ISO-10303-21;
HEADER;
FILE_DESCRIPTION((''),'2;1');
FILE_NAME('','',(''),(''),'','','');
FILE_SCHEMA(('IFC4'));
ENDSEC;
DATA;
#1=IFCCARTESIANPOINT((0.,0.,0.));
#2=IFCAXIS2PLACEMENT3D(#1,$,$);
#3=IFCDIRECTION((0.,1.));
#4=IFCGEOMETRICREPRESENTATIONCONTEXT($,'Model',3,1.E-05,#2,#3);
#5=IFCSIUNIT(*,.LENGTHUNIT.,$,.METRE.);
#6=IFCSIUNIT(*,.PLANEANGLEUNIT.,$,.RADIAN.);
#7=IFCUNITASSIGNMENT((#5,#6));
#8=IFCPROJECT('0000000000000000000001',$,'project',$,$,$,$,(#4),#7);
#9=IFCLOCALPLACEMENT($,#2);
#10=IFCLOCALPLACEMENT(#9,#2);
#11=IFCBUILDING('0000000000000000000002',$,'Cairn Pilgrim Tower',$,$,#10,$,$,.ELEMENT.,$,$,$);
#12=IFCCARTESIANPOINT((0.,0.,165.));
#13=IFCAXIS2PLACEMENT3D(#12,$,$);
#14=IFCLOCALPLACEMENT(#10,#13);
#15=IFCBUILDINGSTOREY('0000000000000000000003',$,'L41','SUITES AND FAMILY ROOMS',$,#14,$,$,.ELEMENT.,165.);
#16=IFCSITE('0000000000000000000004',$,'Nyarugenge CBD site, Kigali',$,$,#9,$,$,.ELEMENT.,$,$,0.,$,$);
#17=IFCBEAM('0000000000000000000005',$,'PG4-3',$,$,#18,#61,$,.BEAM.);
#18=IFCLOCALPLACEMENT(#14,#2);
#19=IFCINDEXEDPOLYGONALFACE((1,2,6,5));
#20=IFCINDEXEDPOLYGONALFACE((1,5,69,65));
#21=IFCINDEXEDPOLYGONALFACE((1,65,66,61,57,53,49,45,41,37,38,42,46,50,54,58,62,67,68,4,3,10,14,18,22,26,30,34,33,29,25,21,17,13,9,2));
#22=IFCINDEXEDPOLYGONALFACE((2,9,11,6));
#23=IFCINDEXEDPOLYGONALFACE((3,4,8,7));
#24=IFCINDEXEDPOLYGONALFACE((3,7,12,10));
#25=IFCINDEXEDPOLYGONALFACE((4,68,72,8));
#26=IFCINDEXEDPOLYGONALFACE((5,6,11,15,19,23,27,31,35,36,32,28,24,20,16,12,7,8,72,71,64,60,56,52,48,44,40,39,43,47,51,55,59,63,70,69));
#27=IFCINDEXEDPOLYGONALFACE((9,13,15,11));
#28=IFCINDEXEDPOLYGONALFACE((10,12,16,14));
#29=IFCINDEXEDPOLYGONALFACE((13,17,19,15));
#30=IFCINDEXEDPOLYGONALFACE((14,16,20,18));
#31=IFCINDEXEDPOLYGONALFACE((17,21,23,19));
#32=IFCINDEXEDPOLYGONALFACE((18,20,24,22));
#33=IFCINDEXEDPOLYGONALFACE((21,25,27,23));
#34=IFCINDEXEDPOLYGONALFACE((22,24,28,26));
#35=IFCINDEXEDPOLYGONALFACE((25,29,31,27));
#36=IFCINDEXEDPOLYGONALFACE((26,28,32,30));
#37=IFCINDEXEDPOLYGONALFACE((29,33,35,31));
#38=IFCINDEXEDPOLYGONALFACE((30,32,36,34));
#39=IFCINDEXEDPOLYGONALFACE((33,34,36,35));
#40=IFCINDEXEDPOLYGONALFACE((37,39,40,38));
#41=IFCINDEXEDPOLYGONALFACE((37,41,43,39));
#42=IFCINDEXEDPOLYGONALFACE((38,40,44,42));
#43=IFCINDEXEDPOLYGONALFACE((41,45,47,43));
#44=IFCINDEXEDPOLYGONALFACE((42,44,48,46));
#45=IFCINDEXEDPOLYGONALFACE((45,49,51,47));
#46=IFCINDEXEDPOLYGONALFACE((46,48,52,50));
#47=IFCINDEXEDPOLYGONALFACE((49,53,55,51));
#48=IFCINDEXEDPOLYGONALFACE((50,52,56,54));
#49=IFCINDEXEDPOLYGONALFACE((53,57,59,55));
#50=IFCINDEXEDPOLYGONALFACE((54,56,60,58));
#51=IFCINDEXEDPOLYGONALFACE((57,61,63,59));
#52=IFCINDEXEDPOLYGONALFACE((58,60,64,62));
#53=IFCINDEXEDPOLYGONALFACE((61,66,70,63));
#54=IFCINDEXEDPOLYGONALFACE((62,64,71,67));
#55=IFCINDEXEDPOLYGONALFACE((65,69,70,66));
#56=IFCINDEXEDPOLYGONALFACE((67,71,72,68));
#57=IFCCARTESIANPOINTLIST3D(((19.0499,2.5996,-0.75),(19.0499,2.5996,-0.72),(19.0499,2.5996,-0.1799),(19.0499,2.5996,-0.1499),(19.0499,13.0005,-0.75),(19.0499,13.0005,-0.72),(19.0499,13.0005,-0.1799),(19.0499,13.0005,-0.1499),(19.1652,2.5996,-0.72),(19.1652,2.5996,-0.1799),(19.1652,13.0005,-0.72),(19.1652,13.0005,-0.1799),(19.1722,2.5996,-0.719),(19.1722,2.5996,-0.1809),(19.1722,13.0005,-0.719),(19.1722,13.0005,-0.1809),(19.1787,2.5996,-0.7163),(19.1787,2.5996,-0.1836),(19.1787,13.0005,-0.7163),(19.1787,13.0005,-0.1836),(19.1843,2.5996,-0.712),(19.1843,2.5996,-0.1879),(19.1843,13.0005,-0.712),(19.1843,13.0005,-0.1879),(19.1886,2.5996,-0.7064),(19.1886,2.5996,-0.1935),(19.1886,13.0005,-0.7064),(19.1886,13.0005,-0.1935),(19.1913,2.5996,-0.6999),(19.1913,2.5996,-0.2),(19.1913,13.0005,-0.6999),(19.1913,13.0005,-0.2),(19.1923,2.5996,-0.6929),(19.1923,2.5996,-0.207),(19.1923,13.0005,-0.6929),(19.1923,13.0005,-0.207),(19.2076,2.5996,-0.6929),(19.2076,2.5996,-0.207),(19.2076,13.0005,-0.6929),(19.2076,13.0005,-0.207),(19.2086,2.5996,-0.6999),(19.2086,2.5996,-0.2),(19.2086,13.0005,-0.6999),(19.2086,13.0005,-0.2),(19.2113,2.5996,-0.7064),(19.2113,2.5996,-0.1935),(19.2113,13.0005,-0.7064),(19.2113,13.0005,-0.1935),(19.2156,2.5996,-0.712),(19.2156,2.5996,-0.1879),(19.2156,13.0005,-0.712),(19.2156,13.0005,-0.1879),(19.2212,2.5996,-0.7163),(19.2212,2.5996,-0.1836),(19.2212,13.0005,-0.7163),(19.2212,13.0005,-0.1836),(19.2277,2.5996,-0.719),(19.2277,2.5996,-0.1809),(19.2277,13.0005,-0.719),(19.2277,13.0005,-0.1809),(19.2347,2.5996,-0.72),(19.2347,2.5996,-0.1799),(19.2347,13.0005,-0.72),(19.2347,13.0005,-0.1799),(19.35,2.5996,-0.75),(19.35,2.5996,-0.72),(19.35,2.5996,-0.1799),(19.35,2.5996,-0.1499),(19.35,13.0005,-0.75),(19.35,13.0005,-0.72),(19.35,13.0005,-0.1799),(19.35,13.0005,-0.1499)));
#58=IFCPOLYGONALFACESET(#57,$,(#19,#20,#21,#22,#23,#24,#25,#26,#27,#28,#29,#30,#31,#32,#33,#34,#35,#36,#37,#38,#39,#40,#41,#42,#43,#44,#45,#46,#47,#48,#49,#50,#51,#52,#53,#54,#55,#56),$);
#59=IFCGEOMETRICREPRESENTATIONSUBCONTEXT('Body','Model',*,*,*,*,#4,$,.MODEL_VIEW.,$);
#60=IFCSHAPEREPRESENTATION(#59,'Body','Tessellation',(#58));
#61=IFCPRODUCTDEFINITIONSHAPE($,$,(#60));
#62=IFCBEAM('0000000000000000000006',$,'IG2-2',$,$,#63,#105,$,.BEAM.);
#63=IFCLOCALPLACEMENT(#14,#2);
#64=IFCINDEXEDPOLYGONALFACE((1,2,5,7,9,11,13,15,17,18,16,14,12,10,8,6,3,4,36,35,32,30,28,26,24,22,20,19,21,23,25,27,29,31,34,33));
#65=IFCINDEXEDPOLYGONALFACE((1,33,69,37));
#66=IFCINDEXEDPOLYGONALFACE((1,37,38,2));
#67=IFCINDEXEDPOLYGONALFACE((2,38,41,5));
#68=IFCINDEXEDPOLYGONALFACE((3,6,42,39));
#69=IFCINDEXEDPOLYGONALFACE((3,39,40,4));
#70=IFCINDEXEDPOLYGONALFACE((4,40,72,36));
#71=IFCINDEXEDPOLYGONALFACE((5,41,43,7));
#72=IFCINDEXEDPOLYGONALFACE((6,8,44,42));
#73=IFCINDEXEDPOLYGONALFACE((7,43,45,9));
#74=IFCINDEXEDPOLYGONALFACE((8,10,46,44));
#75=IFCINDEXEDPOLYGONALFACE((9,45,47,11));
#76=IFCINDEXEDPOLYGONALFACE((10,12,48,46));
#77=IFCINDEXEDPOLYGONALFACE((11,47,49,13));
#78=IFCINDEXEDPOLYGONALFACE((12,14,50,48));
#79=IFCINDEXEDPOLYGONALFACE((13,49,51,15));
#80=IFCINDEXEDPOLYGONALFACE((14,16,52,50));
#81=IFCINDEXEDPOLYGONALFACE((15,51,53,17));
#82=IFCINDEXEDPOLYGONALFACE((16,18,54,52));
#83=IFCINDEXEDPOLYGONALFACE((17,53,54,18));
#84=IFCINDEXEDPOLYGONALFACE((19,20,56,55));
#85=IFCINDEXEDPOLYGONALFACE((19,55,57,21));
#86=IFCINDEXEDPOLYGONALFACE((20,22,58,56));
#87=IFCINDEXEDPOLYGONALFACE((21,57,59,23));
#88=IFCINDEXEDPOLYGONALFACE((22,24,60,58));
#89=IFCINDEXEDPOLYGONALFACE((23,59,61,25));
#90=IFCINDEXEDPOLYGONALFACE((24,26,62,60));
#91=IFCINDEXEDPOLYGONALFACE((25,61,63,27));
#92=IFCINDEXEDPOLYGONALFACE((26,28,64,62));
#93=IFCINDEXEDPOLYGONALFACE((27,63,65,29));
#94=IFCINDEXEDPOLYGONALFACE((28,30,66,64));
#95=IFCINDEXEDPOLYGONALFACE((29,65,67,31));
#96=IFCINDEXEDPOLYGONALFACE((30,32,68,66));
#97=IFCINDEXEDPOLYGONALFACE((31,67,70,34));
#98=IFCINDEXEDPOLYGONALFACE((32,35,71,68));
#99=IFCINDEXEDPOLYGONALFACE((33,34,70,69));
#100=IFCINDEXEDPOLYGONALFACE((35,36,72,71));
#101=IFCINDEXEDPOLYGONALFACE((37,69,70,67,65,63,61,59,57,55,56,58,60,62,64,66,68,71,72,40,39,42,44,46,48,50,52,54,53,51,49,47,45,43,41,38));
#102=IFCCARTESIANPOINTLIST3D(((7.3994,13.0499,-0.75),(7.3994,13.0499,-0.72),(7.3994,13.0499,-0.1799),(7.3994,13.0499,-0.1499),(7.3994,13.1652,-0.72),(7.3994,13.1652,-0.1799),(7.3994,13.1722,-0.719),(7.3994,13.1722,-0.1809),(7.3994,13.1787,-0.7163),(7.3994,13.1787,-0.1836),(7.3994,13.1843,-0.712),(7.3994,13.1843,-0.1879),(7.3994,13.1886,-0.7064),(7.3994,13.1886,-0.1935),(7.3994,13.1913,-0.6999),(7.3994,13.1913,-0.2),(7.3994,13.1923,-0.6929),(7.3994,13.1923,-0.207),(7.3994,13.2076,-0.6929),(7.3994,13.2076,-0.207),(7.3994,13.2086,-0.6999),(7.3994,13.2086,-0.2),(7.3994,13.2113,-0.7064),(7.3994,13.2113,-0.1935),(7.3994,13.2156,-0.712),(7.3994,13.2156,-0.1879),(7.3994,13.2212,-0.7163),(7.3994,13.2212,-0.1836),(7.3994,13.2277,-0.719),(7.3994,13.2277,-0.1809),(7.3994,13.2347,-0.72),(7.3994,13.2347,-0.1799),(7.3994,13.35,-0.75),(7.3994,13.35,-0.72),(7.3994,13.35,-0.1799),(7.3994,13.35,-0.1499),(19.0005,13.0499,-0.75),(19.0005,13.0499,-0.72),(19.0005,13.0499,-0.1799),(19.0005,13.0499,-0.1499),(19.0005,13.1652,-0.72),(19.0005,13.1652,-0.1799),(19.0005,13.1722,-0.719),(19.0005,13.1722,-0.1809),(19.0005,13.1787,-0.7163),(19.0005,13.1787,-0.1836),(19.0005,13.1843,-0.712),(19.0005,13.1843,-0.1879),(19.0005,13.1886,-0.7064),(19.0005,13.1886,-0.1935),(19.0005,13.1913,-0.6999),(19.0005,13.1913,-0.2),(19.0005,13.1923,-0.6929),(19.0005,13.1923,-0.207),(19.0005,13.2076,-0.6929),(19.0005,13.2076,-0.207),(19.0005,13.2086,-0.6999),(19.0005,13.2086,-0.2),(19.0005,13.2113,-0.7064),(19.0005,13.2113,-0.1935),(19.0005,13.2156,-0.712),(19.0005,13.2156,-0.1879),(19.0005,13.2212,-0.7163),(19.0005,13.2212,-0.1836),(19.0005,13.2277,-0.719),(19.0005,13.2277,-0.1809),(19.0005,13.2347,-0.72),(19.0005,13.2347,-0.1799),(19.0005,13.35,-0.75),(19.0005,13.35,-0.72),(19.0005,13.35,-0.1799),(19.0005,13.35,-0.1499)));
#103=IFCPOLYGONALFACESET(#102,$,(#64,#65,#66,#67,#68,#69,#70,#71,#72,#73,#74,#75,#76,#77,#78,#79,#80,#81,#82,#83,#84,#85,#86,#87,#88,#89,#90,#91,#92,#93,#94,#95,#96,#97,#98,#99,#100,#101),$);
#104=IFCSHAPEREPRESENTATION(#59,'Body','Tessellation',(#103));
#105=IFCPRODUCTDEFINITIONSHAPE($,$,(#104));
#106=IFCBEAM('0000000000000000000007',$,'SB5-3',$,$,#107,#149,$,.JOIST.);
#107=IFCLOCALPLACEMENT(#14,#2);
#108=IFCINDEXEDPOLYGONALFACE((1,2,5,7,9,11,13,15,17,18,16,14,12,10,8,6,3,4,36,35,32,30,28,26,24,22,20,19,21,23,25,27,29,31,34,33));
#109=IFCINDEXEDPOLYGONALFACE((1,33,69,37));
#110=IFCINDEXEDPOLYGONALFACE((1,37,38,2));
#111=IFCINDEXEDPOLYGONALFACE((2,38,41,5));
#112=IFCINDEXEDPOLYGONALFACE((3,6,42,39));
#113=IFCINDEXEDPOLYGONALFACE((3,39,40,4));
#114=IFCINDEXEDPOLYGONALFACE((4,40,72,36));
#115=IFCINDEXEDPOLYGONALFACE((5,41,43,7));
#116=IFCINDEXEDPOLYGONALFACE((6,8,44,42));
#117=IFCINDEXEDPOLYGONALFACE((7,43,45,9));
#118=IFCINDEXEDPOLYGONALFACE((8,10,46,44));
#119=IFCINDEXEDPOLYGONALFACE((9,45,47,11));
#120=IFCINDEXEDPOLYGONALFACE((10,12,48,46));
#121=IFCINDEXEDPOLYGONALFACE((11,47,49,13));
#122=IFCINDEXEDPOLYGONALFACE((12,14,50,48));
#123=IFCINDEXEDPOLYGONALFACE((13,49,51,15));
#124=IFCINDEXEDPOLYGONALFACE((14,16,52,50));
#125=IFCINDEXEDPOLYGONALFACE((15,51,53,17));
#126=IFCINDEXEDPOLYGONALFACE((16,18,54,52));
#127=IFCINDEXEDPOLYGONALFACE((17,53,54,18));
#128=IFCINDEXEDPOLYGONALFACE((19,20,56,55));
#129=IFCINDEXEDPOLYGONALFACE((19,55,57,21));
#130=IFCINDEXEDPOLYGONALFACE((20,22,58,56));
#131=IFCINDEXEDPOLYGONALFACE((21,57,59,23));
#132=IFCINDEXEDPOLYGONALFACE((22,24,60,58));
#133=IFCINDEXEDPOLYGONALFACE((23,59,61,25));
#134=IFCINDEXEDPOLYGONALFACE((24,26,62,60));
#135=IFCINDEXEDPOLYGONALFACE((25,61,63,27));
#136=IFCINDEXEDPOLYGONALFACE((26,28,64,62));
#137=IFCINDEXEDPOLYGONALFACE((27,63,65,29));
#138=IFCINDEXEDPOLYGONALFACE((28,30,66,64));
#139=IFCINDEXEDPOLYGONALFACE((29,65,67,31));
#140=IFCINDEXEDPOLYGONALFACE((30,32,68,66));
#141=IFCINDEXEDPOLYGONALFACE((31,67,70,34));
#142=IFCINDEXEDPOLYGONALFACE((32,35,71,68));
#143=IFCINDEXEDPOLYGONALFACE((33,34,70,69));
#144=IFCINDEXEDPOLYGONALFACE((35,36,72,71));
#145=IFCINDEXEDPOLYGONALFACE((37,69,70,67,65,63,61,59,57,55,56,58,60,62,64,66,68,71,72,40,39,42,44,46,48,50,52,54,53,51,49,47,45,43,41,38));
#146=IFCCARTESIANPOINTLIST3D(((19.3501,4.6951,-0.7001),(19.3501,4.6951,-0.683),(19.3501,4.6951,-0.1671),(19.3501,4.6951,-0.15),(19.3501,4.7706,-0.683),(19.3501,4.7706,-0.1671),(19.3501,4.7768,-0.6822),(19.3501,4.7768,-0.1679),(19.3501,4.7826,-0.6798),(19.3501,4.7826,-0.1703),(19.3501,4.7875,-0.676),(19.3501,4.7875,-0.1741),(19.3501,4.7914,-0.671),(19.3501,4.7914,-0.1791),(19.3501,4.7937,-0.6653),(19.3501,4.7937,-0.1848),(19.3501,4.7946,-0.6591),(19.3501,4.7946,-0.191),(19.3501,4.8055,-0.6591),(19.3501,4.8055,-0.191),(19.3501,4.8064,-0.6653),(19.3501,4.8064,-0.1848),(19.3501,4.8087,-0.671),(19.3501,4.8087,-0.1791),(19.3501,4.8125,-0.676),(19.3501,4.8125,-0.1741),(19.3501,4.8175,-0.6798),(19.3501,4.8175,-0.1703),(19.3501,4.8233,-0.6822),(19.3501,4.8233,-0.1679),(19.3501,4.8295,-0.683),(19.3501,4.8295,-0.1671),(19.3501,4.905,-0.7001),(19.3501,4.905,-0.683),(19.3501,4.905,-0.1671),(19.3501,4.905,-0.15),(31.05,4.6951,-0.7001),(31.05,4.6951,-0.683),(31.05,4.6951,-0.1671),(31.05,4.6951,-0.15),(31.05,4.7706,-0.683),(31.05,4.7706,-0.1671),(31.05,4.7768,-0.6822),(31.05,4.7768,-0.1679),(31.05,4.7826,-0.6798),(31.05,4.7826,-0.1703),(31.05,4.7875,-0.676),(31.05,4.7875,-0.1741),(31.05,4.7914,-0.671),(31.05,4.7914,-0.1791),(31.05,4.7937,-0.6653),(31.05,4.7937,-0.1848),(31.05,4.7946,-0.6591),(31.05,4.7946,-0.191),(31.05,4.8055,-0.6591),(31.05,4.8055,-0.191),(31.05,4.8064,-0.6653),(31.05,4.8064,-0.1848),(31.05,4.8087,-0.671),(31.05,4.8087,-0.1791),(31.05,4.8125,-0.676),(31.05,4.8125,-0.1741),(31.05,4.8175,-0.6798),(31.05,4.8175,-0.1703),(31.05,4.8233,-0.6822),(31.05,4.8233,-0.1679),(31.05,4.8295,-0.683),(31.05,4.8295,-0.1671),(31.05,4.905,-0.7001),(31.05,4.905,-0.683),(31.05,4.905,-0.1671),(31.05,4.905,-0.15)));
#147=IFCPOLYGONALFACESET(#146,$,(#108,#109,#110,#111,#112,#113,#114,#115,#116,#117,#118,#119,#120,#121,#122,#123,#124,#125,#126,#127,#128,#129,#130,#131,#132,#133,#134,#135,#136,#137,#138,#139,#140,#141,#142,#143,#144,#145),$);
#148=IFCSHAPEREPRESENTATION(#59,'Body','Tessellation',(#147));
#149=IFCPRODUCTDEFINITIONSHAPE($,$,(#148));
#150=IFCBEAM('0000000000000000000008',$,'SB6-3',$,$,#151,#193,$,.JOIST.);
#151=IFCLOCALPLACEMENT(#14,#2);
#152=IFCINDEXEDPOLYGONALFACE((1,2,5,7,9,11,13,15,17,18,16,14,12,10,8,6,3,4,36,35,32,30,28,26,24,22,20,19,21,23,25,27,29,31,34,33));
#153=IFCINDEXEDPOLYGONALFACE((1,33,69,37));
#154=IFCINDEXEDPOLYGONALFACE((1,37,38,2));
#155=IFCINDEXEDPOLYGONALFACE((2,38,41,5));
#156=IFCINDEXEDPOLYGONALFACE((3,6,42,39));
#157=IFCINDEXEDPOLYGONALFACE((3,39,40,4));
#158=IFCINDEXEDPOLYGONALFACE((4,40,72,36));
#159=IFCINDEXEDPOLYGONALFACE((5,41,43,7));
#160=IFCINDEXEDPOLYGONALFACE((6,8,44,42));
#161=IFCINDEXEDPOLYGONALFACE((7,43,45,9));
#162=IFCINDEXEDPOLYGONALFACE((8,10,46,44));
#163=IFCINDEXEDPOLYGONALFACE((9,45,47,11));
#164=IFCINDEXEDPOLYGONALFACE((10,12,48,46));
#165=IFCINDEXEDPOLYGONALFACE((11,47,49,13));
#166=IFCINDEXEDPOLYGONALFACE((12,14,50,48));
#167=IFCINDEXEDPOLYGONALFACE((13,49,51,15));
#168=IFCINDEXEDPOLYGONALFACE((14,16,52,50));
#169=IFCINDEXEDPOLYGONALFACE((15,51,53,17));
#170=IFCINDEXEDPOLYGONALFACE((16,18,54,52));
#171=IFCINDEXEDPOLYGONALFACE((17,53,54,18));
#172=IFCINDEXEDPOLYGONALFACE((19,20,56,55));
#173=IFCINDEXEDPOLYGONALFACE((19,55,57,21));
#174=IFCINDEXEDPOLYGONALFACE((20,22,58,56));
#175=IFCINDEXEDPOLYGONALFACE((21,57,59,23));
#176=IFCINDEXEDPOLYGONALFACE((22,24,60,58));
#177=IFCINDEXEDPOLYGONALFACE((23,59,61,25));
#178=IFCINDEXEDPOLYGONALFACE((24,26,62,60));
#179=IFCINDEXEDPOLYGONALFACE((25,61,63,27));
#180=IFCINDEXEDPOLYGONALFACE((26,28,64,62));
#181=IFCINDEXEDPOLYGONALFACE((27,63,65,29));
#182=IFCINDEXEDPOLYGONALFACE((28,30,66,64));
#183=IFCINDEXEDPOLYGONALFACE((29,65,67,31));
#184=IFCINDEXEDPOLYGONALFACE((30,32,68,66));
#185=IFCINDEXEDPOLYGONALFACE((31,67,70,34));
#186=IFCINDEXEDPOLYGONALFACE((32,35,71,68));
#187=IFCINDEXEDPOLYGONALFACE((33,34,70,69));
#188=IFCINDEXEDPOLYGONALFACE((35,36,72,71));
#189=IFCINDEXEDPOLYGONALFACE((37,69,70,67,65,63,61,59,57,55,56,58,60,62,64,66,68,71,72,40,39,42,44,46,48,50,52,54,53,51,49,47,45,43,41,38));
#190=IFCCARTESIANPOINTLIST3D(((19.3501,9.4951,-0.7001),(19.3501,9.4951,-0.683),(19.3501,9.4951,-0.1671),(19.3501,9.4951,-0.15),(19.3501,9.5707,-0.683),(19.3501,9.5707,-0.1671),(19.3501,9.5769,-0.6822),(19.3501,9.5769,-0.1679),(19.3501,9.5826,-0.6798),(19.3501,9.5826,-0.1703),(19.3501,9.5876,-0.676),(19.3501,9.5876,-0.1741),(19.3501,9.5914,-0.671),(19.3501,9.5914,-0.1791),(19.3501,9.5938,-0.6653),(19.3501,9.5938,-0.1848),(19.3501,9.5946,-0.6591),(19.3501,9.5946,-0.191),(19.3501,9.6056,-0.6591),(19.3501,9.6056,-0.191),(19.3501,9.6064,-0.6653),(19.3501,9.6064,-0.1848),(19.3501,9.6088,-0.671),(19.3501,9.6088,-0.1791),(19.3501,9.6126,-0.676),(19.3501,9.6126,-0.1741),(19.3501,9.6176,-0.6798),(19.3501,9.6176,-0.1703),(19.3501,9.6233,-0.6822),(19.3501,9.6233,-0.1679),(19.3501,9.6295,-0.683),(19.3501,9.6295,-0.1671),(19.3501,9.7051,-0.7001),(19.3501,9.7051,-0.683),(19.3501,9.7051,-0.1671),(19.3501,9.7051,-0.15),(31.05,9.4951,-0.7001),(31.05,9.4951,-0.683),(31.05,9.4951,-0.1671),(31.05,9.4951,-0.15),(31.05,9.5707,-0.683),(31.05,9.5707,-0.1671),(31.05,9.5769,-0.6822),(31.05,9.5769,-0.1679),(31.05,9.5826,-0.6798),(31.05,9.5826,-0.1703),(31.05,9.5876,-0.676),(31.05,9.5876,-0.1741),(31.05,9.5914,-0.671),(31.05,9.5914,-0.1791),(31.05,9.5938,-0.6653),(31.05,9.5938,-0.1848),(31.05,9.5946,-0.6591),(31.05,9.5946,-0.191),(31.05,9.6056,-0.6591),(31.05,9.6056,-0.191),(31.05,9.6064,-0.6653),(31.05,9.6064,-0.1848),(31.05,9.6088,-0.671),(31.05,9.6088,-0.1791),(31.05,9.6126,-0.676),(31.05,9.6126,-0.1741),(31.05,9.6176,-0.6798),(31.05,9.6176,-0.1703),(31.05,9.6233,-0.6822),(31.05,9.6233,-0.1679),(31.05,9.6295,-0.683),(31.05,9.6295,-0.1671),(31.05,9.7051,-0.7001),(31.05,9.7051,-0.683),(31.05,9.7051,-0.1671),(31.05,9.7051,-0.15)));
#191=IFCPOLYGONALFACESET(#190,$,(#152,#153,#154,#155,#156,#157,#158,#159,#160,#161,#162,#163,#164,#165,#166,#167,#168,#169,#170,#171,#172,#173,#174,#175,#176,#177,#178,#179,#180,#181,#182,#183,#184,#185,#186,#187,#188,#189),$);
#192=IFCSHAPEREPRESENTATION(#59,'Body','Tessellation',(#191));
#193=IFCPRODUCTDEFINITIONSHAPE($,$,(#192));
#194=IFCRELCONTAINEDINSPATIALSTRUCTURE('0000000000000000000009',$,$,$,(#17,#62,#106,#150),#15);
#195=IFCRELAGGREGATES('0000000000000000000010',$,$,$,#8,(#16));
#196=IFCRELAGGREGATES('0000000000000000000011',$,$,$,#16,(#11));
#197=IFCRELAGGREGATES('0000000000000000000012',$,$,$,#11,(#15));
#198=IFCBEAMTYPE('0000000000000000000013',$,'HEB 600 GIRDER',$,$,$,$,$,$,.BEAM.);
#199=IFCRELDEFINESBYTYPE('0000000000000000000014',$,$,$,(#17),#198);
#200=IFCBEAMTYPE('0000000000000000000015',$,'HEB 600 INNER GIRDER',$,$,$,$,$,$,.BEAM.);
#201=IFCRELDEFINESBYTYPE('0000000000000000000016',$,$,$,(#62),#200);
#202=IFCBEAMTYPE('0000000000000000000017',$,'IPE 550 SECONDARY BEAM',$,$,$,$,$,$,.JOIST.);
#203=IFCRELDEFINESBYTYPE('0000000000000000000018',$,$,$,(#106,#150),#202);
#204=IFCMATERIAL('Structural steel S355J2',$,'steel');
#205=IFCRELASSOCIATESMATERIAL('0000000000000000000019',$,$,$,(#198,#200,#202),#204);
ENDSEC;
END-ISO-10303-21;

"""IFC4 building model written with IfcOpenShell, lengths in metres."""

from ifc_helpers import new_model, si_unit, direction, frame, origin, origin_2d, place, context, subcontext, project, spatial, i_section, extrude, material, material_profile, profile_set, type_object, element, save


model = new_model("IFC4")

# Units and contexts
model_context = context("Model", 3, precision=1e-05, world=origin(), true_north=direction((0.0, 1.0)))
body_context = subcontext(model_context, "Body", "Model", "MODEL_VIEW")
ifc_project = project(units=[si_unit("LENGTHUNIT", "METRE"), si_unit("PLANEANGLEUNIT", "RADIAN")], contexts=[model_context])

# Site, building, storey
site_placement = place(None, origin())
site = spatial("IfcSite", under=ifc_project, at=site_placement, Name="Nyarugenge CBD site, Kigali", CompositionType="ELEMENT", RefElevation=0.0)
building_placement = place(site_placement, origin())
building = spatial("IfcBuilding", under=site, at=building_placement, Name="Cairn Pilgrim Tower", CompositionType="ELEMENT")
storey_placement = place(building_placement, frame((0.0, 0.0, 165.0)))
storey = spatial("IfcBuildingStorey", under=building, at=storey_placement, Name="L41", Description="SUITES AND FAMILY ROOMS", CompositionType="ELEMENT", Elevation=165.0)

# Shared definitions
ifc_material_1 = material(Name="Structural steel S355J2", Category="steel")

# Beams
ifc_material_profile_1 = material_profile(ifc_material_1, i_section(OverallWidth=0.3, OverallDepth=0.6001, WebThickness=0.0154, FlangeThickness=0.03, FilletRadius=0.0271, at=origin_2d()), Name="HEB 600")
ifc_profile_set_1 = profile_set([ifc_material_profile_1], Name="Structural steel S355J2")
beam_type_1 = type_object("IfcBeamType", Name="HEB 600 GIRDER", PredefinedType="BEAM", material=ifc_profile_set_1)
beam_1_placement = place(storey_placement, frame((19.2, 2.5996, -0.45), z_axis=(0.0, 1.0, 0.0), x_axis=(-1.0, 0.0, 0.0)))
element("IfcBeam", 1, at=beam_1_placement, inside=storey, type_object=beam_type_1, Name="PG4-3", PredefinedType="BEAM", context=body_context, shape_type="SweptSolid", body=[
    extrude(i_section(OverallWidth=0.3, OverallDepth=0.6001, WebThickness=0.0154, FlangeThickness=0.03, FilletRadius=0.0271, at=origin_2d()), origin(), (0.0, 0.0, 1.0), 10.4009),
])
ifc_material_profile_2 = material_profile(ifc_material_1, i_section(OverallWidth=0.3, OverallDepth=0.6001, WebThickness=0.0154, FlangeThickness=0.03, FilletRadius=0.0271, at=origin_2d()), Name="HEB 600")
ifc_profile_set_2 = profile_set([ifc_material_profile_2], Name="Structural steel S355J2")
beam_type_2 = type_object("IfcBeamType", Name="HEB 600 INNER GIRDER", PredefinedType="BEAM", material=ifc_profile_set_2)
beam_2_placement = place(storey_placement, frame((7.3994, 13.2, -0.45), z_axis=(1.0, 0.0, 0.0), x_axis=(0.0, 1.0, 0.0)))
element("IfcBeam", 2, at=beam_2_placement, inside=storey, type_object=beam_type_2, Name="IG2-2", PredefinedType="BEAM", context=body_context, shape_type="SweptSolid", body=[
    extrude(i_section(OverallWidth=0.3, OverallDepth=0.6001, WebThickness=0.0154, FlangeThickness=0.03, FilletRadius=0.0271, at=origin_2d()), origin(), (0.0, 0.0, 1.0), 11.6011),
])
ifc_material_profile_3 = material_profile(ifc_material_1, i_section(OverallWidth=0.21, OverallDepth=0.55, WebThickness=0.011, FlangeThickness=0.0171, FilletRadius=0.0239, at=origin_2d()), Name="IPE 550")
ifc_profile_set_3 = profile_set([ifc_material_profile_3], Name="Structural steel S355J2")
beam_type_3 = type_object("IfcBeamType", Name="IPE 550 SECONDARY BEAM", PredefinedType="JOIST", material=ifc_profile_set_3)
for number, where, z_axis, x_axis, name in (
    (3, (19.3501, 4.8, -0.425), (1.0, 0.0, 0.0), (0.0, 1.0, 0.0), "SB5-3"),
    (4, (19.3501, 9.6001, -0.425), (1.0, 0.0, 0.0), (0.0, 1.0, 0.0), "SB6-3"),
):
    element("IfcBeam", number, at=place(storey_placement, frame(where, z_axis=z_axis, x_axis=x_axis)), inside=storey, type_object=beam_type_3, Name=name, PredefinedType="JOIST", context=body_context, shape_type="SweptSolid", body=[
        extrude(i_section(OverallWidth=0.21, OverallDepth=0.55, WebThickness=0.011, FlangeThickness=0.0171, FilletRadius=0.0239, at=origin_2d()), origin(), (0.0, 0.0, 1.0), 11.7),
    ])

save(model, "model.ifc")
